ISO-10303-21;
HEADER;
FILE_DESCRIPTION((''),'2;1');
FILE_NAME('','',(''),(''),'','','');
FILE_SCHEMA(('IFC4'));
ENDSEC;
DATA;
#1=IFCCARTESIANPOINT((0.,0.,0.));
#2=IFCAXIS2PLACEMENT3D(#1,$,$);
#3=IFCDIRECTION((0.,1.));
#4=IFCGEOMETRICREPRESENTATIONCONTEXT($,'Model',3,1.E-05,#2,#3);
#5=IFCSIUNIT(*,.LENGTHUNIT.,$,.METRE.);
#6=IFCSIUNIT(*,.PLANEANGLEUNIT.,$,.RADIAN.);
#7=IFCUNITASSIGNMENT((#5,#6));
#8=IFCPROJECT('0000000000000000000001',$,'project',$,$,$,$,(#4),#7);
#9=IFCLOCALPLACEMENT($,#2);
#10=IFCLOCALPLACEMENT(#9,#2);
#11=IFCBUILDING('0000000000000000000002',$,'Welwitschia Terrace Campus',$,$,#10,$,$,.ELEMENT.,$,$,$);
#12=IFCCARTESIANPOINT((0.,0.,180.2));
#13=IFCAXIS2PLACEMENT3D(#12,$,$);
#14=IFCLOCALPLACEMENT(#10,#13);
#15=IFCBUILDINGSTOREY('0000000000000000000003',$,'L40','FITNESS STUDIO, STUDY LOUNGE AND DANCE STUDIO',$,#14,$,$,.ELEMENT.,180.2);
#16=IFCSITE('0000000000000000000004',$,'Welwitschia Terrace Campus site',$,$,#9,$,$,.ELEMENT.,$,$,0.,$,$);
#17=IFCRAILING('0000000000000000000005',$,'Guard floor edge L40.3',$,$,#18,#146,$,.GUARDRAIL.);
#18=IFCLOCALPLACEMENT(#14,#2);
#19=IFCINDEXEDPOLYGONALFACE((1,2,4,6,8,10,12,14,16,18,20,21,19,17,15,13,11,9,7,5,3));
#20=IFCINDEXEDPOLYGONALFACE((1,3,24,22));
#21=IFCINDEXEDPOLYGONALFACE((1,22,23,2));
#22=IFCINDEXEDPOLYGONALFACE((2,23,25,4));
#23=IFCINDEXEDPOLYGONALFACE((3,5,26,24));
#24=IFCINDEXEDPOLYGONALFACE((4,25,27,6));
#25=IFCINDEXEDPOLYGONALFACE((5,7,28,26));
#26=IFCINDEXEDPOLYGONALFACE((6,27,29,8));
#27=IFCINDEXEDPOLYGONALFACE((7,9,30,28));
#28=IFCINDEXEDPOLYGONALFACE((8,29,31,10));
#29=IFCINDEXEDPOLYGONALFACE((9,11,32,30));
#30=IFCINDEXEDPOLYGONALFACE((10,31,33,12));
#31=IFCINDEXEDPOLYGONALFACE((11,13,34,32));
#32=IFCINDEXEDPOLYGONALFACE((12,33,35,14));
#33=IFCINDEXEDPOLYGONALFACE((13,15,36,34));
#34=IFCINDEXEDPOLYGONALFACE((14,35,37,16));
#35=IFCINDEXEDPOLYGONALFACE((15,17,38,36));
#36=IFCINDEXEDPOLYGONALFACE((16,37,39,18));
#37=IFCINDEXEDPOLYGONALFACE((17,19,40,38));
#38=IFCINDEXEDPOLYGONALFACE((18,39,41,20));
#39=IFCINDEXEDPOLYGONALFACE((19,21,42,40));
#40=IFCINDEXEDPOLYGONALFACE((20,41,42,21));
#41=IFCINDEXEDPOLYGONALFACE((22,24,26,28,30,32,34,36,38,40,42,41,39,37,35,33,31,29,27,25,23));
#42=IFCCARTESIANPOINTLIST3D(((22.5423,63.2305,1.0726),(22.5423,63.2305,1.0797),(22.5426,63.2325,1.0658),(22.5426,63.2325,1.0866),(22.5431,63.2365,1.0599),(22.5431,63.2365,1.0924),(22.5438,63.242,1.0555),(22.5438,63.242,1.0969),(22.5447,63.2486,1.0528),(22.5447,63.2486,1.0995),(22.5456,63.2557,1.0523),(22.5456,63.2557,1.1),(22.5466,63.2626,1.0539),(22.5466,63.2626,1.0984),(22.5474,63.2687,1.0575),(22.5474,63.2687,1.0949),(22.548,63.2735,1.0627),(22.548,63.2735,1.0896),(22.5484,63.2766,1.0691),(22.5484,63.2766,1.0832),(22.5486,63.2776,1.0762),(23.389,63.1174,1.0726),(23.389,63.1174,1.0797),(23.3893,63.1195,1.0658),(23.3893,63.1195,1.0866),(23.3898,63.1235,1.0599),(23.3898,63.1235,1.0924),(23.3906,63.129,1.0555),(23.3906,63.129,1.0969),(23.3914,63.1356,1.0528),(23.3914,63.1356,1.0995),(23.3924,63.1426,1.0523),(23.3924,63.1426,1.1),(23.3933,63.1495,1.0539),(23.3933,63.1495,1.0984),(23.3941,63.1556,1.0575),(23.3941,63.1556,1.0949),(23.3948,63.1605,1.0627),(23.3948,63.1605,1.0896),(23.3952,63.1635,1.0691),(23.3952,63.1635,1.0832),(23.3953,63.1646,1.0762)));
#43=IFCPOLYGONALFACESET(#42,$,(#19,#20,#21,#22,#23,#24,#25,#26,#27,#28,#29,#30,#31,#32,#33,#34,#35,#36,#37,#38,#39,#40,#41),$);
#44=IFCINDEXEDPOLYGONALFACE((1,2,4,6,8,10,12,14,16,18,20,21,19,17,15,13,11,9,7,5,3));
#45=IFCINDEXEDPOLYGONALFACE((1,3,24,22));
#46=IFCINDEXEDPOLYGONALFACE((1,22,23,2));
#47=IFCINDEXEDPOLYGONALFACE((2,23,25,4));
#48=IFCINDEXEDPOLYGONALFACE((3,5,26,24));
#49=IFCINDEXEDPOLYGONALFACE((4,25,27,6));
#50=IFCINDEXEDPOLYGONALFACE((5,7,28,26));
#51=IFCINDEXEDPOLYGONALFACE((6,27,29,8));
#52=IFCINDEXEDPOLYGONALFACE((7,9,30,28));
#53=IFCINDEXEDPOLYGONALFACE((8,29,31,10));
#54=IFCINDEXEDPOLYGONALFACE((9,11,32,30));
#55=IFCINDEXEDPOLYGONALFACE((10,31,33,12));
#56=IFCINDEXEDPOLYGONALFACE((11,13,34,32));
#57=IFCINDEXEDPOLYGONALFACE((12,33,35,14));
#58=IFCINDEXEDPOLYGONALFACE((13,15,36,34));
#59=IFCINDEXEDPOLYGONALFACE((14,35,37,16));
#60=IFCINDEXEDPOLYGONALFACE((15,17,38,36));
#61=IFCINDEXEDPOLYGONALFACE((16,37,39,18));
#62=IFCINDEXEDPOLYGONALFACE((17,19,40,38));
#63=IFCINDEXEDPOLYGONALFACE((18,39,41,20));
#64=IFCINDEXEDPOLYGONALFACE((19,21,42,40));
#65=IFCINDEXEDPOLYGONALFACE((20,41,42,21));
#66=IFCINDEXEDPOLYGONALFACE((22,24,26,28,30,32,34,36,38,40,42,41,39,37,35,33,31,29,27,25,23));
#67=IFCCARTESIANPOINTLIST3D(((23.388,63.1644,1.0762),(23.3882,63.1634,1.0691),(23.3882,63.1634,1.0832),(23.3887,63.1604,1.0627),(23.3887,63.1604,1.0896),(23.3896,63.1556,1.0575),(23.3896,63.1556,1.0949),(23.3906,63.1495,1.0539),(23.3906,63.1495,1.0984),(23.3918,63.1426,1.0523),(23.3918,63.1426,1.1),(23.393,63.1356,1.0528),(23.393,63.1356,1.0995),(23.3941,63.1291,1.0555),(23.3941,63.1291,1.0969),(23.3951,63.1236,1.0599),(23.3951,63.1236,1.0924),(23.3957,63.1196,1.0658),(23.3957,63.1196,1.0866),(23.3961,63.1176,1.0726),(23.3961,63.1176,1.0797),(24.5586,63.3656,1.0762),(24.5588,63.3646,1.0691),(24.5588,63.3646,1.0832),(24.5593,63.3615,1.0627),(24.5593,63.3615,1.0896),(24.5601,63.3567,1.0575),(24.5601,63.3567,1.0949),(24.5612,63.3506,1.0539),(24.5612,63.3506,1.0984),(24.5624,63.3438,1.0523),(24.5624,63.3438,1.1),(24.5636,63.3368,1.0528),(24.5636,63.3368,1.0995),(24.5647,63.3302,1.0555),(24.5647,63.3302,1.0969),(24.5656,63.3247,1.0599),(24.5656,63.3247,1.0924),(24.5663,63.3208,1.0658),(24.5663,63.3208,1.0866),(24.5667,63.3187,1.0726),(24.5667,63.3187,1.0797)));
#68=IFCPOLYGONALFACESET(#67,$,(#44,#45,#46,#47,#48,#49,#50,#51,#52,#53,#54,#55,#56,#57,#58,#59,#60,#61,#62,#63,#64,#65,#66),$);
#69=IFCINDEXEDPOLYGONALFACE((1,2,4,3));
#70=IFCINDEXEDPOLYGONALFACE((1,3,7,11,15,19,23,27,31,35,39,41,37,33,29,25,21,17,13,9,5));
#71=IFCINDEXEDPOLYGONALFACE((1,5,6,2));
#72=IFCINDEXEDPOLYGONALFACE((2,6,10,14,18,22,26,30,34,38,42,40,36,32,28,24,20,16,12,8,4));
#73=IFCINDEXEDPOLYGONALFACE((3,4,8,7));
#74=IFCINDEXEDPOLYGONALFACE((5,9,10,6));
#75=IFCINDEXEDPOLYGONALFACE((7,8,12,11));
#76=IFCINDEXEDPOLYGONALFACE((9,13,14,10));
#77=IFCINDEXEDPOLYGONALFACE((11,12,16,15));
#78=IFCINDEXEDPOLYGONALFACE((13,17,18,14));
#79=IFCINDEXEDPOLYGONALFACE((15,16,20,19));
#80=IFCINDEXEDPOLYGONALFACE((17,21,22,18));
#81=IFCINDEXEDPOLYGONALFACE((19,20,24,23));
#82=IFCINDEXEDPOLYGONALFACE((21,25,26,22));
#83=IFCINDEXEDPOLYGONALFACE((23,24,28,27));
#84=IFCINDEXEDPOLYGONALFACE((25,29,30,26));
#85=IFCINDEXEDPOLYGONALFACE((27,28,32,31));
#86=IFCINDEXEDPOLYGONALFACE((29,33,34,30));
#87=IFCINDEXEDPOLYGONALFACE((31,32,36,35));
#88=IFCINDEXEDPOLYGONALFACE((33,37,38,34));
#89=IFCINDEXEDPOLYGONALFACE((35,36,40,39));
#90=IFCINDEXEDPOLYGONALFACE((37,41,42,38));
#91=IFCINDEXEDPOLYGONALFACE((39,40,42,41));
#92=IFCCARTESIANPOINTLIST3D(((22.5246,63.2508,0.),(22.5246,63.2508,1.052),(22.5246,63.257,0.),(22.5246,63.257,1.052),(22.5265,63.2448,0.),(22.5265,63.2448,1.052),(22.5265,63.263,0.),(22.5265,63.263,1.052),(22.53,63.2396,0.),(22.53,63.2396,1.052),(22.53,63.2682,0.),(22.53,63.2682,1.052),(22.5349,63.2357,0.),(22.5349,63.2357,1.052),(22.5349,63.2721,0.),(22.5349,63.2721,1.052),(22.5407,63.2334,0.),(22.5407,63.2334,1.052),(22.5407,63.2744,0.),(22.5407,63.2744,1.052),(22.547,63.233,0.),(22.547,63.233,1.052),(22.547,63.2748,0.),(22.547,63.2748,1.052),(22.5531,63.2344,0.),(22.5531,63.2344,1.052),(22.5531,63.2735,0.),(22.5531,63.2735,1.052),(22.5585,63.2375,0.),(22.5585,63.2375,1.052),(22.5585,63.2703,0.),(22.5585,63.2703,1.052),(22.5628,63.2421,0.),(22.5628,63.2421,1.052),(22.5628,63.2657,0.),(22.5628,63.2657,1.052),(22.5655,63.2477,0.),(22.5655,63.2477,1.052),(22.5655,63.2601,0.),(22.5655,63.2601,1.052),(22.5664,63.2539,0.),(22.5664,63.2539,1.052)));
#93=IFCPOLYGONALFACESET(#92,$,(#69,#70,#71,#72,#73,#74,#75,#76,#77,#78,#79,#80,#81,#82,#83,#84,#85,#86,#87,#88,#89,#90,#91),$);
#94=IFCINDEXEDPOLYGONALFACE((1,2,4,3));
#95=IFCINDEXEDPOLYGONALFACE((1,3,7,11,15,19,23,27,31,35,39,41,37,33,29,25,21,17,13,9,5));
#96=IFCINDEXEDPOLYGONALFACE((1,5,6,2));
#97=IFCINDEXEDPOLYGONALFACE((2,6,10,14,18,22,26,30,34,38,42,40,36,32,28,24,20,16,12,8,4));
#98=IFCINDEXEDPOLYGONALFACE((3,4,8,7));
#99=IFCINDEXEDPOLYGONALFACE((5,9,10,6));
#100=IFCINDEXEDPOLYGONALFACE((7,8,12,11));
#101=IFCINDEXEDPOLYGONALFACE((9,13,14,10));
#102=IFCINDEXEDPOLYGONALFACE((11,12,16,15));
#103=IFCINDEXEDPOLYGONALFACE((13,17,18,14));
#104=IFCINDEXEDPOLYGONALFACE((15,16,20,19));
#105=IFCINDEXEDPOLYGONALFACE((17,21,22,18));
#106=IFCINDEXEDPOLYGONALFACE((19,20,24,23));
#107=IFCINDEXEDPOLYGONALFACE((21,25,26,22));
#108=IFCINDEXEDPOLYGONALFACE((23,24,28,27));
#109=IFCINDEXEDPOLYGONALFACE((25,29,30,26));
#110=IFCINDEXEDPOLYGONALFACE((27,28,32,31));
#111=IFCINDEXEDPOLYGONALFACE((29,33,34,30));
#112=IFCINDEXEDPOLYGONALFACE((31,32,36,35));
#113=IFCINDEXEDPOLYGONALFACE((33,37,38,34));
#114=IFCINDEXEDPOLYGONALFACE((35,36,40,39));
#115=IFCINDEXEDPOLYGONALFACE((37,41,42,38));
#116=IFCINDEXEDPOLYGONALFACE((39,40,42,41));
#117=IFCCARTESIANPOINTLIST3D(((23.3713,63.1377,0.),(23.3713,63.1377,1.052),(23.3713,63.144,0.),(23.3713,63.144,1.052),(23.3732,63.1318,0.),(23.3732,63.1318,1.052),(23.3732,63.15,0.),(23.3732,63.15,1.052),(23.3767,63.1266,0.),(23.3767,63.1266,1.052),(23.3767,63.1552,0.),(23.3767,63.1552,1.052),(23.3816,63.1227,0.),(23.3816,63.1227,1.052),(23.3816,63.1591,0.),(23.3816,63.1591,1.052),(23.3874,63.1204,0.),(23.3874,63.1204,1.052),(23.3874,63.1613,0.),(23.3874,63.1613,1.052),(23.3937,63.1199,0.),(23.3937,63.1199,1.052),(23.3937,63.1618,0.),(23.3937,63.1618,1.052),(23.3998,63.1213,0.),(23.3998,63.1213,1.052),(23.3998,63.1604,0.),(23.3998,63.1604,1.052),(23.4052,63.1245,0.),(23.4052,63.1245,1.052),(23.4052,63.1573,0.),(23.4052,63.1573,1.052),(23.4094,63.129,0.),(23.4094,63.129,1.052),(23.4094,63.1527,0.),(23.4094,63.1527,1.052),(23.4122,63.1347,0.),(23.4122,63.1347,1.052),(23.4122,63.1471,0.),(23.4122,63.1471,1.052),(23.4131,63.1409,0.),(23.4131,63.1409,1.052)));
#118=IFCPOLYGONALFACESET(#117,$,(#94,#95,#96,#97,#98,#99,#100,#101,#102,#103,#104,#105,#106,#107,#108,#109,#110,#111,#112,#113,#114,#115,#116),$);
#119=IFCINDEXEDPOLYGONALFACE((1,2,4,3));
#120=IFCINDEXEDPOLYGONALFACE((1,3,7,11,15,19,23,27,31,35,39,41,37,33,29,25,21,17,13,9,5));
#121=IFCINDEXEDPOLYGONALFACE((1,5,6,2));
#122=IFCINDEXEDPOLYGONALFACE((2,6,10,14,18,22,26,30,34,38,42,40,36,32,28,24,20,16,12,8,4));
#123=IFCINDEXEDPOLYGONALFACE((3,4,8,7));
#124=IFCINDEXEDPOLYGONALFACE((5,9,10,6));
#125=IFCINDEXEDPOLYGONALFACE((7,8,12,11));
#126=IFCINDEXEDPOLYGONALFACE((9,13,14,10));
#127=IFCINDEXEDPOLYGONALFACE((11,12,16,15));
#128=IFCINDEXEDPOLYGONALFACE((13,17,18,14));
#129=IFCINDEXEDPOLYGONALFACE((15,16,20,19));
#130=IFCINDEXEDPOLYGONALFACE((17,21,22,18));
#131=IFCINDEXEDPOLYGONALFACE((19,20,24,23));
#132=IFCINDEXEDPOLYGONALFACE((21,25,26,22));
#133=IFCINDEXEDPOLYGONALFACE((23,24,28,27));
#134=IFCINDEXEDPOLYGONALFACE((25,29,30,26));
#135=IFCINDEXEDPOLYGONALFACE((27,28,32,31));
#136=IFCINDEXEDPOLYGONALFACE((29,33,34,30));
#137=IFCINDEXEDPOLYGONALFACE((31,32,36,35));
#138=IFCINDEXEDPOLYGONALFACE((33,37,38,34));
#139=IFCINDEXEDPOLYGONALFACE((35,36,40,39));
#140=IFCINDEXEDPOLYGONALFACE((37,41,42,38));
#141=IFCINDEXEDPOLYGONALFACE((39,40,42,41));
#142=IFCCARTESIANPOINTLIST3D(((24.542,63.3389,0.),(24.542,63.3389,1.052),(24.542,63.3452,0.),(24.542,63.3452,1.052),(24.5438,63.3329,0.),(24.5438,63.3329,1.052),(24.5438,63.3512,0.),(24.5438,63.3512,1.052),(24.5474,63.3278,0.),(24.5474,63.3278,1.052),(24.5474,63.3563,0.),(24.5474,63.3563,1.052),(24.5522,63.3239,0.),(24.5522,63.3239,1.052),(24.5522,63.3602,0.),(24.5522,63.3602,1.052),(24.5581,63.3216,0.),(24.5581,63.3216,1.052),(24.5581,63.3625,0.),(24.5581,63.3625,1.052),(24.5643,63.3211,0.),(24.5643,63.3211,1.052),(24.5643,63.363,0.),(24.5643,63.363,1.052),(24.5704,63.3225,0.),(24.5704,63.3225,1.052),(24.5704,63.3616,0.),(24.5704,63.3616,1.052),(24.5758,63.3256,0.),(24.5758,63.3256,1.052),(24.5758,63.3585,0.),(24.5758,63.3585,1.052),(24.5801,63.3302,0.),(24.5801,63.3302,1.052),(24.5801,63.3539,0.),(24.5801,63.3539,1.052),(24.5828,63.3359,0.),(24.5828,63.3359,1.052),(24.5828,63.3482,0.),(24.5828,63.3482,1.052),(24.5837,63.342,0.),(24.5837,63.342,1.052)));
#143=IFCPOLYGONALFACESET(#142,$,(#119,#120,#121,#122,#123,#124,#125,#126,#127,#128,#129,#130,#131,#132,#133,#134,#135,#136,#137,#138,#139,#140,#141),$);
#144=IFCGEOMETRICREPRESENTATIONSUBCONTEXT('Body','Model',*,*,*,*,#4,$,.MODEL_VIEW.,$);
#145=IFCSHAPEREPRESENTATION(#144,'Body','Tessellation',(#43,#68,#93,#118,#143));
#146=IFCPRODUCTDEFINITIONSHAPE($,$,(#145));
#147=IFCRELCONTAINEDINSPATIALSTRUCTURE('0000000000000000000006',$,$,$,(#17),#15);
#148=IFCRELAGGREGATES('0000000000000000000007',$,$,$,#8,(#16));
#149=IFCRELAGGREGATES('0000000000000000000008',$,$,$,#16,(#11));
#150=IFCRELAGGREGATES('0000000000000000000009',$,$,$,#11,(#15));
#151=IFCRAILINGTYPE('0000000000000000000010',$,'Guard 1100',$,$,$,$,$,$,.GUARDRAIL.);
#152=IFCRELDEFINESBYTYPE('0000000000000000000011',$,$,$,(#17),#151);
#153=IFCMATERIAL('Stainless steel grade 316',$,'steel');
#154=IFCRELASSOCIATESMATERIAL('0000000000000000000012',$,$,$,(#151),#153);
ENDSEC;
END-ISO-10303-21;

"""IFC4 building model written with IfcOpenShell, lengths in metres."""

from ifc_helpers import new_model, si_unit, direction, frame, origin, origin_2d, place, context, subcontext, project, spatial, circle, extrude, material, type_object, element, save


model = new_model("IFC4")

# Units and contexts
model_context = context("Model", 3, precision=1e-05, world=origin(), true_north=direction((0.0, 1.0)))
body_context = subcontext(model_context, "Body", "Model", "MODEL_VIEW")
ifc_project = project(units=[si_unit("LENGTHUNIT", "METRE"), si_unit("PLANEANGLEUNIT", "RADIAN")], contexts=[model_context])

# Site, building, storey
site_placement = place(None, origin())
site = spatial("IfcSite", under=ifc_project, at=site_placement, Name="Welwitschia Terrace Campus site", CompositionType="ELEMENT", RefElevation=0.0)
building_placement = place(site_placement, origin())
building = spatial("IfcBuilding", under=site, at=building_placement, Name="Welwitschia Terrace Campus", CompositionType="ELEMENT")
storey_placement = place(building_placement, frame((0.0, 0.0, 180.2)))
storey = spatial("IfcBuildingStorey", under=building, at=storey_placement, Name="L40", Description="FITNESS STUDIO, STUDY LOUNGE AND DANCE STUDIO", CompositionType="ELEMENT", Elevation=180.2)

# Railing
ifc_material_1 = material(Name="Stainless steel grade 316", Category="steel")
railing_type = type_object("IfcRailingType", Name="Guard 1100", PredefinedType="GUARDRAIL", material=ifc_material_1)
railing_placement = place(storey_placement, frame((22.5454, 63.2539, 0.0)))
element("IfcRailing", 1, at=railing_placement, inside=storey, type_object=railing_type, Name="Guard floor edge L40.3", PredefinedType="GUARDRAIL", context=body_context, shape_type="SweptSolid", body=[
    extrude(circle(Radius=0.0239, at=origin_2d()), frame((0.0, 0.0, 1.0762), z_axis=(0.991205, -0.132332, 0.0), x_axis=(0.132332, 0.991205, 0.0)), (0.0, 0.0, 1.0), 0.8542),
    extrude(circle(Radius=0.0239, at=origin_2d()), frame((0.8467, -0.113, 1.0762), z_axis=(0.985554, 0.169363, 0.0), x_axis=(-0.169363, 0.985554, 0.0)), (0.0, 0.0, 1.0), 1.1877),
    extrude(circle(Radius=0.021, at=origin_2d()), origin(), (0.0, 0.0, 1.0), 1.052),
    extrude(circle(Radius=0.021, at=origin_2d()), frame((0.8467, -0.113, 0.0)), (0.0, 0.0, 1.0), 1.052),
    extrude(circle(Radius=0.021, at=origin_2d()), frame((2.0173, 0.0881, 0.0)), (0.0, 0.0, 1.0), 1.052),
])

save(model, "model.ifc")
